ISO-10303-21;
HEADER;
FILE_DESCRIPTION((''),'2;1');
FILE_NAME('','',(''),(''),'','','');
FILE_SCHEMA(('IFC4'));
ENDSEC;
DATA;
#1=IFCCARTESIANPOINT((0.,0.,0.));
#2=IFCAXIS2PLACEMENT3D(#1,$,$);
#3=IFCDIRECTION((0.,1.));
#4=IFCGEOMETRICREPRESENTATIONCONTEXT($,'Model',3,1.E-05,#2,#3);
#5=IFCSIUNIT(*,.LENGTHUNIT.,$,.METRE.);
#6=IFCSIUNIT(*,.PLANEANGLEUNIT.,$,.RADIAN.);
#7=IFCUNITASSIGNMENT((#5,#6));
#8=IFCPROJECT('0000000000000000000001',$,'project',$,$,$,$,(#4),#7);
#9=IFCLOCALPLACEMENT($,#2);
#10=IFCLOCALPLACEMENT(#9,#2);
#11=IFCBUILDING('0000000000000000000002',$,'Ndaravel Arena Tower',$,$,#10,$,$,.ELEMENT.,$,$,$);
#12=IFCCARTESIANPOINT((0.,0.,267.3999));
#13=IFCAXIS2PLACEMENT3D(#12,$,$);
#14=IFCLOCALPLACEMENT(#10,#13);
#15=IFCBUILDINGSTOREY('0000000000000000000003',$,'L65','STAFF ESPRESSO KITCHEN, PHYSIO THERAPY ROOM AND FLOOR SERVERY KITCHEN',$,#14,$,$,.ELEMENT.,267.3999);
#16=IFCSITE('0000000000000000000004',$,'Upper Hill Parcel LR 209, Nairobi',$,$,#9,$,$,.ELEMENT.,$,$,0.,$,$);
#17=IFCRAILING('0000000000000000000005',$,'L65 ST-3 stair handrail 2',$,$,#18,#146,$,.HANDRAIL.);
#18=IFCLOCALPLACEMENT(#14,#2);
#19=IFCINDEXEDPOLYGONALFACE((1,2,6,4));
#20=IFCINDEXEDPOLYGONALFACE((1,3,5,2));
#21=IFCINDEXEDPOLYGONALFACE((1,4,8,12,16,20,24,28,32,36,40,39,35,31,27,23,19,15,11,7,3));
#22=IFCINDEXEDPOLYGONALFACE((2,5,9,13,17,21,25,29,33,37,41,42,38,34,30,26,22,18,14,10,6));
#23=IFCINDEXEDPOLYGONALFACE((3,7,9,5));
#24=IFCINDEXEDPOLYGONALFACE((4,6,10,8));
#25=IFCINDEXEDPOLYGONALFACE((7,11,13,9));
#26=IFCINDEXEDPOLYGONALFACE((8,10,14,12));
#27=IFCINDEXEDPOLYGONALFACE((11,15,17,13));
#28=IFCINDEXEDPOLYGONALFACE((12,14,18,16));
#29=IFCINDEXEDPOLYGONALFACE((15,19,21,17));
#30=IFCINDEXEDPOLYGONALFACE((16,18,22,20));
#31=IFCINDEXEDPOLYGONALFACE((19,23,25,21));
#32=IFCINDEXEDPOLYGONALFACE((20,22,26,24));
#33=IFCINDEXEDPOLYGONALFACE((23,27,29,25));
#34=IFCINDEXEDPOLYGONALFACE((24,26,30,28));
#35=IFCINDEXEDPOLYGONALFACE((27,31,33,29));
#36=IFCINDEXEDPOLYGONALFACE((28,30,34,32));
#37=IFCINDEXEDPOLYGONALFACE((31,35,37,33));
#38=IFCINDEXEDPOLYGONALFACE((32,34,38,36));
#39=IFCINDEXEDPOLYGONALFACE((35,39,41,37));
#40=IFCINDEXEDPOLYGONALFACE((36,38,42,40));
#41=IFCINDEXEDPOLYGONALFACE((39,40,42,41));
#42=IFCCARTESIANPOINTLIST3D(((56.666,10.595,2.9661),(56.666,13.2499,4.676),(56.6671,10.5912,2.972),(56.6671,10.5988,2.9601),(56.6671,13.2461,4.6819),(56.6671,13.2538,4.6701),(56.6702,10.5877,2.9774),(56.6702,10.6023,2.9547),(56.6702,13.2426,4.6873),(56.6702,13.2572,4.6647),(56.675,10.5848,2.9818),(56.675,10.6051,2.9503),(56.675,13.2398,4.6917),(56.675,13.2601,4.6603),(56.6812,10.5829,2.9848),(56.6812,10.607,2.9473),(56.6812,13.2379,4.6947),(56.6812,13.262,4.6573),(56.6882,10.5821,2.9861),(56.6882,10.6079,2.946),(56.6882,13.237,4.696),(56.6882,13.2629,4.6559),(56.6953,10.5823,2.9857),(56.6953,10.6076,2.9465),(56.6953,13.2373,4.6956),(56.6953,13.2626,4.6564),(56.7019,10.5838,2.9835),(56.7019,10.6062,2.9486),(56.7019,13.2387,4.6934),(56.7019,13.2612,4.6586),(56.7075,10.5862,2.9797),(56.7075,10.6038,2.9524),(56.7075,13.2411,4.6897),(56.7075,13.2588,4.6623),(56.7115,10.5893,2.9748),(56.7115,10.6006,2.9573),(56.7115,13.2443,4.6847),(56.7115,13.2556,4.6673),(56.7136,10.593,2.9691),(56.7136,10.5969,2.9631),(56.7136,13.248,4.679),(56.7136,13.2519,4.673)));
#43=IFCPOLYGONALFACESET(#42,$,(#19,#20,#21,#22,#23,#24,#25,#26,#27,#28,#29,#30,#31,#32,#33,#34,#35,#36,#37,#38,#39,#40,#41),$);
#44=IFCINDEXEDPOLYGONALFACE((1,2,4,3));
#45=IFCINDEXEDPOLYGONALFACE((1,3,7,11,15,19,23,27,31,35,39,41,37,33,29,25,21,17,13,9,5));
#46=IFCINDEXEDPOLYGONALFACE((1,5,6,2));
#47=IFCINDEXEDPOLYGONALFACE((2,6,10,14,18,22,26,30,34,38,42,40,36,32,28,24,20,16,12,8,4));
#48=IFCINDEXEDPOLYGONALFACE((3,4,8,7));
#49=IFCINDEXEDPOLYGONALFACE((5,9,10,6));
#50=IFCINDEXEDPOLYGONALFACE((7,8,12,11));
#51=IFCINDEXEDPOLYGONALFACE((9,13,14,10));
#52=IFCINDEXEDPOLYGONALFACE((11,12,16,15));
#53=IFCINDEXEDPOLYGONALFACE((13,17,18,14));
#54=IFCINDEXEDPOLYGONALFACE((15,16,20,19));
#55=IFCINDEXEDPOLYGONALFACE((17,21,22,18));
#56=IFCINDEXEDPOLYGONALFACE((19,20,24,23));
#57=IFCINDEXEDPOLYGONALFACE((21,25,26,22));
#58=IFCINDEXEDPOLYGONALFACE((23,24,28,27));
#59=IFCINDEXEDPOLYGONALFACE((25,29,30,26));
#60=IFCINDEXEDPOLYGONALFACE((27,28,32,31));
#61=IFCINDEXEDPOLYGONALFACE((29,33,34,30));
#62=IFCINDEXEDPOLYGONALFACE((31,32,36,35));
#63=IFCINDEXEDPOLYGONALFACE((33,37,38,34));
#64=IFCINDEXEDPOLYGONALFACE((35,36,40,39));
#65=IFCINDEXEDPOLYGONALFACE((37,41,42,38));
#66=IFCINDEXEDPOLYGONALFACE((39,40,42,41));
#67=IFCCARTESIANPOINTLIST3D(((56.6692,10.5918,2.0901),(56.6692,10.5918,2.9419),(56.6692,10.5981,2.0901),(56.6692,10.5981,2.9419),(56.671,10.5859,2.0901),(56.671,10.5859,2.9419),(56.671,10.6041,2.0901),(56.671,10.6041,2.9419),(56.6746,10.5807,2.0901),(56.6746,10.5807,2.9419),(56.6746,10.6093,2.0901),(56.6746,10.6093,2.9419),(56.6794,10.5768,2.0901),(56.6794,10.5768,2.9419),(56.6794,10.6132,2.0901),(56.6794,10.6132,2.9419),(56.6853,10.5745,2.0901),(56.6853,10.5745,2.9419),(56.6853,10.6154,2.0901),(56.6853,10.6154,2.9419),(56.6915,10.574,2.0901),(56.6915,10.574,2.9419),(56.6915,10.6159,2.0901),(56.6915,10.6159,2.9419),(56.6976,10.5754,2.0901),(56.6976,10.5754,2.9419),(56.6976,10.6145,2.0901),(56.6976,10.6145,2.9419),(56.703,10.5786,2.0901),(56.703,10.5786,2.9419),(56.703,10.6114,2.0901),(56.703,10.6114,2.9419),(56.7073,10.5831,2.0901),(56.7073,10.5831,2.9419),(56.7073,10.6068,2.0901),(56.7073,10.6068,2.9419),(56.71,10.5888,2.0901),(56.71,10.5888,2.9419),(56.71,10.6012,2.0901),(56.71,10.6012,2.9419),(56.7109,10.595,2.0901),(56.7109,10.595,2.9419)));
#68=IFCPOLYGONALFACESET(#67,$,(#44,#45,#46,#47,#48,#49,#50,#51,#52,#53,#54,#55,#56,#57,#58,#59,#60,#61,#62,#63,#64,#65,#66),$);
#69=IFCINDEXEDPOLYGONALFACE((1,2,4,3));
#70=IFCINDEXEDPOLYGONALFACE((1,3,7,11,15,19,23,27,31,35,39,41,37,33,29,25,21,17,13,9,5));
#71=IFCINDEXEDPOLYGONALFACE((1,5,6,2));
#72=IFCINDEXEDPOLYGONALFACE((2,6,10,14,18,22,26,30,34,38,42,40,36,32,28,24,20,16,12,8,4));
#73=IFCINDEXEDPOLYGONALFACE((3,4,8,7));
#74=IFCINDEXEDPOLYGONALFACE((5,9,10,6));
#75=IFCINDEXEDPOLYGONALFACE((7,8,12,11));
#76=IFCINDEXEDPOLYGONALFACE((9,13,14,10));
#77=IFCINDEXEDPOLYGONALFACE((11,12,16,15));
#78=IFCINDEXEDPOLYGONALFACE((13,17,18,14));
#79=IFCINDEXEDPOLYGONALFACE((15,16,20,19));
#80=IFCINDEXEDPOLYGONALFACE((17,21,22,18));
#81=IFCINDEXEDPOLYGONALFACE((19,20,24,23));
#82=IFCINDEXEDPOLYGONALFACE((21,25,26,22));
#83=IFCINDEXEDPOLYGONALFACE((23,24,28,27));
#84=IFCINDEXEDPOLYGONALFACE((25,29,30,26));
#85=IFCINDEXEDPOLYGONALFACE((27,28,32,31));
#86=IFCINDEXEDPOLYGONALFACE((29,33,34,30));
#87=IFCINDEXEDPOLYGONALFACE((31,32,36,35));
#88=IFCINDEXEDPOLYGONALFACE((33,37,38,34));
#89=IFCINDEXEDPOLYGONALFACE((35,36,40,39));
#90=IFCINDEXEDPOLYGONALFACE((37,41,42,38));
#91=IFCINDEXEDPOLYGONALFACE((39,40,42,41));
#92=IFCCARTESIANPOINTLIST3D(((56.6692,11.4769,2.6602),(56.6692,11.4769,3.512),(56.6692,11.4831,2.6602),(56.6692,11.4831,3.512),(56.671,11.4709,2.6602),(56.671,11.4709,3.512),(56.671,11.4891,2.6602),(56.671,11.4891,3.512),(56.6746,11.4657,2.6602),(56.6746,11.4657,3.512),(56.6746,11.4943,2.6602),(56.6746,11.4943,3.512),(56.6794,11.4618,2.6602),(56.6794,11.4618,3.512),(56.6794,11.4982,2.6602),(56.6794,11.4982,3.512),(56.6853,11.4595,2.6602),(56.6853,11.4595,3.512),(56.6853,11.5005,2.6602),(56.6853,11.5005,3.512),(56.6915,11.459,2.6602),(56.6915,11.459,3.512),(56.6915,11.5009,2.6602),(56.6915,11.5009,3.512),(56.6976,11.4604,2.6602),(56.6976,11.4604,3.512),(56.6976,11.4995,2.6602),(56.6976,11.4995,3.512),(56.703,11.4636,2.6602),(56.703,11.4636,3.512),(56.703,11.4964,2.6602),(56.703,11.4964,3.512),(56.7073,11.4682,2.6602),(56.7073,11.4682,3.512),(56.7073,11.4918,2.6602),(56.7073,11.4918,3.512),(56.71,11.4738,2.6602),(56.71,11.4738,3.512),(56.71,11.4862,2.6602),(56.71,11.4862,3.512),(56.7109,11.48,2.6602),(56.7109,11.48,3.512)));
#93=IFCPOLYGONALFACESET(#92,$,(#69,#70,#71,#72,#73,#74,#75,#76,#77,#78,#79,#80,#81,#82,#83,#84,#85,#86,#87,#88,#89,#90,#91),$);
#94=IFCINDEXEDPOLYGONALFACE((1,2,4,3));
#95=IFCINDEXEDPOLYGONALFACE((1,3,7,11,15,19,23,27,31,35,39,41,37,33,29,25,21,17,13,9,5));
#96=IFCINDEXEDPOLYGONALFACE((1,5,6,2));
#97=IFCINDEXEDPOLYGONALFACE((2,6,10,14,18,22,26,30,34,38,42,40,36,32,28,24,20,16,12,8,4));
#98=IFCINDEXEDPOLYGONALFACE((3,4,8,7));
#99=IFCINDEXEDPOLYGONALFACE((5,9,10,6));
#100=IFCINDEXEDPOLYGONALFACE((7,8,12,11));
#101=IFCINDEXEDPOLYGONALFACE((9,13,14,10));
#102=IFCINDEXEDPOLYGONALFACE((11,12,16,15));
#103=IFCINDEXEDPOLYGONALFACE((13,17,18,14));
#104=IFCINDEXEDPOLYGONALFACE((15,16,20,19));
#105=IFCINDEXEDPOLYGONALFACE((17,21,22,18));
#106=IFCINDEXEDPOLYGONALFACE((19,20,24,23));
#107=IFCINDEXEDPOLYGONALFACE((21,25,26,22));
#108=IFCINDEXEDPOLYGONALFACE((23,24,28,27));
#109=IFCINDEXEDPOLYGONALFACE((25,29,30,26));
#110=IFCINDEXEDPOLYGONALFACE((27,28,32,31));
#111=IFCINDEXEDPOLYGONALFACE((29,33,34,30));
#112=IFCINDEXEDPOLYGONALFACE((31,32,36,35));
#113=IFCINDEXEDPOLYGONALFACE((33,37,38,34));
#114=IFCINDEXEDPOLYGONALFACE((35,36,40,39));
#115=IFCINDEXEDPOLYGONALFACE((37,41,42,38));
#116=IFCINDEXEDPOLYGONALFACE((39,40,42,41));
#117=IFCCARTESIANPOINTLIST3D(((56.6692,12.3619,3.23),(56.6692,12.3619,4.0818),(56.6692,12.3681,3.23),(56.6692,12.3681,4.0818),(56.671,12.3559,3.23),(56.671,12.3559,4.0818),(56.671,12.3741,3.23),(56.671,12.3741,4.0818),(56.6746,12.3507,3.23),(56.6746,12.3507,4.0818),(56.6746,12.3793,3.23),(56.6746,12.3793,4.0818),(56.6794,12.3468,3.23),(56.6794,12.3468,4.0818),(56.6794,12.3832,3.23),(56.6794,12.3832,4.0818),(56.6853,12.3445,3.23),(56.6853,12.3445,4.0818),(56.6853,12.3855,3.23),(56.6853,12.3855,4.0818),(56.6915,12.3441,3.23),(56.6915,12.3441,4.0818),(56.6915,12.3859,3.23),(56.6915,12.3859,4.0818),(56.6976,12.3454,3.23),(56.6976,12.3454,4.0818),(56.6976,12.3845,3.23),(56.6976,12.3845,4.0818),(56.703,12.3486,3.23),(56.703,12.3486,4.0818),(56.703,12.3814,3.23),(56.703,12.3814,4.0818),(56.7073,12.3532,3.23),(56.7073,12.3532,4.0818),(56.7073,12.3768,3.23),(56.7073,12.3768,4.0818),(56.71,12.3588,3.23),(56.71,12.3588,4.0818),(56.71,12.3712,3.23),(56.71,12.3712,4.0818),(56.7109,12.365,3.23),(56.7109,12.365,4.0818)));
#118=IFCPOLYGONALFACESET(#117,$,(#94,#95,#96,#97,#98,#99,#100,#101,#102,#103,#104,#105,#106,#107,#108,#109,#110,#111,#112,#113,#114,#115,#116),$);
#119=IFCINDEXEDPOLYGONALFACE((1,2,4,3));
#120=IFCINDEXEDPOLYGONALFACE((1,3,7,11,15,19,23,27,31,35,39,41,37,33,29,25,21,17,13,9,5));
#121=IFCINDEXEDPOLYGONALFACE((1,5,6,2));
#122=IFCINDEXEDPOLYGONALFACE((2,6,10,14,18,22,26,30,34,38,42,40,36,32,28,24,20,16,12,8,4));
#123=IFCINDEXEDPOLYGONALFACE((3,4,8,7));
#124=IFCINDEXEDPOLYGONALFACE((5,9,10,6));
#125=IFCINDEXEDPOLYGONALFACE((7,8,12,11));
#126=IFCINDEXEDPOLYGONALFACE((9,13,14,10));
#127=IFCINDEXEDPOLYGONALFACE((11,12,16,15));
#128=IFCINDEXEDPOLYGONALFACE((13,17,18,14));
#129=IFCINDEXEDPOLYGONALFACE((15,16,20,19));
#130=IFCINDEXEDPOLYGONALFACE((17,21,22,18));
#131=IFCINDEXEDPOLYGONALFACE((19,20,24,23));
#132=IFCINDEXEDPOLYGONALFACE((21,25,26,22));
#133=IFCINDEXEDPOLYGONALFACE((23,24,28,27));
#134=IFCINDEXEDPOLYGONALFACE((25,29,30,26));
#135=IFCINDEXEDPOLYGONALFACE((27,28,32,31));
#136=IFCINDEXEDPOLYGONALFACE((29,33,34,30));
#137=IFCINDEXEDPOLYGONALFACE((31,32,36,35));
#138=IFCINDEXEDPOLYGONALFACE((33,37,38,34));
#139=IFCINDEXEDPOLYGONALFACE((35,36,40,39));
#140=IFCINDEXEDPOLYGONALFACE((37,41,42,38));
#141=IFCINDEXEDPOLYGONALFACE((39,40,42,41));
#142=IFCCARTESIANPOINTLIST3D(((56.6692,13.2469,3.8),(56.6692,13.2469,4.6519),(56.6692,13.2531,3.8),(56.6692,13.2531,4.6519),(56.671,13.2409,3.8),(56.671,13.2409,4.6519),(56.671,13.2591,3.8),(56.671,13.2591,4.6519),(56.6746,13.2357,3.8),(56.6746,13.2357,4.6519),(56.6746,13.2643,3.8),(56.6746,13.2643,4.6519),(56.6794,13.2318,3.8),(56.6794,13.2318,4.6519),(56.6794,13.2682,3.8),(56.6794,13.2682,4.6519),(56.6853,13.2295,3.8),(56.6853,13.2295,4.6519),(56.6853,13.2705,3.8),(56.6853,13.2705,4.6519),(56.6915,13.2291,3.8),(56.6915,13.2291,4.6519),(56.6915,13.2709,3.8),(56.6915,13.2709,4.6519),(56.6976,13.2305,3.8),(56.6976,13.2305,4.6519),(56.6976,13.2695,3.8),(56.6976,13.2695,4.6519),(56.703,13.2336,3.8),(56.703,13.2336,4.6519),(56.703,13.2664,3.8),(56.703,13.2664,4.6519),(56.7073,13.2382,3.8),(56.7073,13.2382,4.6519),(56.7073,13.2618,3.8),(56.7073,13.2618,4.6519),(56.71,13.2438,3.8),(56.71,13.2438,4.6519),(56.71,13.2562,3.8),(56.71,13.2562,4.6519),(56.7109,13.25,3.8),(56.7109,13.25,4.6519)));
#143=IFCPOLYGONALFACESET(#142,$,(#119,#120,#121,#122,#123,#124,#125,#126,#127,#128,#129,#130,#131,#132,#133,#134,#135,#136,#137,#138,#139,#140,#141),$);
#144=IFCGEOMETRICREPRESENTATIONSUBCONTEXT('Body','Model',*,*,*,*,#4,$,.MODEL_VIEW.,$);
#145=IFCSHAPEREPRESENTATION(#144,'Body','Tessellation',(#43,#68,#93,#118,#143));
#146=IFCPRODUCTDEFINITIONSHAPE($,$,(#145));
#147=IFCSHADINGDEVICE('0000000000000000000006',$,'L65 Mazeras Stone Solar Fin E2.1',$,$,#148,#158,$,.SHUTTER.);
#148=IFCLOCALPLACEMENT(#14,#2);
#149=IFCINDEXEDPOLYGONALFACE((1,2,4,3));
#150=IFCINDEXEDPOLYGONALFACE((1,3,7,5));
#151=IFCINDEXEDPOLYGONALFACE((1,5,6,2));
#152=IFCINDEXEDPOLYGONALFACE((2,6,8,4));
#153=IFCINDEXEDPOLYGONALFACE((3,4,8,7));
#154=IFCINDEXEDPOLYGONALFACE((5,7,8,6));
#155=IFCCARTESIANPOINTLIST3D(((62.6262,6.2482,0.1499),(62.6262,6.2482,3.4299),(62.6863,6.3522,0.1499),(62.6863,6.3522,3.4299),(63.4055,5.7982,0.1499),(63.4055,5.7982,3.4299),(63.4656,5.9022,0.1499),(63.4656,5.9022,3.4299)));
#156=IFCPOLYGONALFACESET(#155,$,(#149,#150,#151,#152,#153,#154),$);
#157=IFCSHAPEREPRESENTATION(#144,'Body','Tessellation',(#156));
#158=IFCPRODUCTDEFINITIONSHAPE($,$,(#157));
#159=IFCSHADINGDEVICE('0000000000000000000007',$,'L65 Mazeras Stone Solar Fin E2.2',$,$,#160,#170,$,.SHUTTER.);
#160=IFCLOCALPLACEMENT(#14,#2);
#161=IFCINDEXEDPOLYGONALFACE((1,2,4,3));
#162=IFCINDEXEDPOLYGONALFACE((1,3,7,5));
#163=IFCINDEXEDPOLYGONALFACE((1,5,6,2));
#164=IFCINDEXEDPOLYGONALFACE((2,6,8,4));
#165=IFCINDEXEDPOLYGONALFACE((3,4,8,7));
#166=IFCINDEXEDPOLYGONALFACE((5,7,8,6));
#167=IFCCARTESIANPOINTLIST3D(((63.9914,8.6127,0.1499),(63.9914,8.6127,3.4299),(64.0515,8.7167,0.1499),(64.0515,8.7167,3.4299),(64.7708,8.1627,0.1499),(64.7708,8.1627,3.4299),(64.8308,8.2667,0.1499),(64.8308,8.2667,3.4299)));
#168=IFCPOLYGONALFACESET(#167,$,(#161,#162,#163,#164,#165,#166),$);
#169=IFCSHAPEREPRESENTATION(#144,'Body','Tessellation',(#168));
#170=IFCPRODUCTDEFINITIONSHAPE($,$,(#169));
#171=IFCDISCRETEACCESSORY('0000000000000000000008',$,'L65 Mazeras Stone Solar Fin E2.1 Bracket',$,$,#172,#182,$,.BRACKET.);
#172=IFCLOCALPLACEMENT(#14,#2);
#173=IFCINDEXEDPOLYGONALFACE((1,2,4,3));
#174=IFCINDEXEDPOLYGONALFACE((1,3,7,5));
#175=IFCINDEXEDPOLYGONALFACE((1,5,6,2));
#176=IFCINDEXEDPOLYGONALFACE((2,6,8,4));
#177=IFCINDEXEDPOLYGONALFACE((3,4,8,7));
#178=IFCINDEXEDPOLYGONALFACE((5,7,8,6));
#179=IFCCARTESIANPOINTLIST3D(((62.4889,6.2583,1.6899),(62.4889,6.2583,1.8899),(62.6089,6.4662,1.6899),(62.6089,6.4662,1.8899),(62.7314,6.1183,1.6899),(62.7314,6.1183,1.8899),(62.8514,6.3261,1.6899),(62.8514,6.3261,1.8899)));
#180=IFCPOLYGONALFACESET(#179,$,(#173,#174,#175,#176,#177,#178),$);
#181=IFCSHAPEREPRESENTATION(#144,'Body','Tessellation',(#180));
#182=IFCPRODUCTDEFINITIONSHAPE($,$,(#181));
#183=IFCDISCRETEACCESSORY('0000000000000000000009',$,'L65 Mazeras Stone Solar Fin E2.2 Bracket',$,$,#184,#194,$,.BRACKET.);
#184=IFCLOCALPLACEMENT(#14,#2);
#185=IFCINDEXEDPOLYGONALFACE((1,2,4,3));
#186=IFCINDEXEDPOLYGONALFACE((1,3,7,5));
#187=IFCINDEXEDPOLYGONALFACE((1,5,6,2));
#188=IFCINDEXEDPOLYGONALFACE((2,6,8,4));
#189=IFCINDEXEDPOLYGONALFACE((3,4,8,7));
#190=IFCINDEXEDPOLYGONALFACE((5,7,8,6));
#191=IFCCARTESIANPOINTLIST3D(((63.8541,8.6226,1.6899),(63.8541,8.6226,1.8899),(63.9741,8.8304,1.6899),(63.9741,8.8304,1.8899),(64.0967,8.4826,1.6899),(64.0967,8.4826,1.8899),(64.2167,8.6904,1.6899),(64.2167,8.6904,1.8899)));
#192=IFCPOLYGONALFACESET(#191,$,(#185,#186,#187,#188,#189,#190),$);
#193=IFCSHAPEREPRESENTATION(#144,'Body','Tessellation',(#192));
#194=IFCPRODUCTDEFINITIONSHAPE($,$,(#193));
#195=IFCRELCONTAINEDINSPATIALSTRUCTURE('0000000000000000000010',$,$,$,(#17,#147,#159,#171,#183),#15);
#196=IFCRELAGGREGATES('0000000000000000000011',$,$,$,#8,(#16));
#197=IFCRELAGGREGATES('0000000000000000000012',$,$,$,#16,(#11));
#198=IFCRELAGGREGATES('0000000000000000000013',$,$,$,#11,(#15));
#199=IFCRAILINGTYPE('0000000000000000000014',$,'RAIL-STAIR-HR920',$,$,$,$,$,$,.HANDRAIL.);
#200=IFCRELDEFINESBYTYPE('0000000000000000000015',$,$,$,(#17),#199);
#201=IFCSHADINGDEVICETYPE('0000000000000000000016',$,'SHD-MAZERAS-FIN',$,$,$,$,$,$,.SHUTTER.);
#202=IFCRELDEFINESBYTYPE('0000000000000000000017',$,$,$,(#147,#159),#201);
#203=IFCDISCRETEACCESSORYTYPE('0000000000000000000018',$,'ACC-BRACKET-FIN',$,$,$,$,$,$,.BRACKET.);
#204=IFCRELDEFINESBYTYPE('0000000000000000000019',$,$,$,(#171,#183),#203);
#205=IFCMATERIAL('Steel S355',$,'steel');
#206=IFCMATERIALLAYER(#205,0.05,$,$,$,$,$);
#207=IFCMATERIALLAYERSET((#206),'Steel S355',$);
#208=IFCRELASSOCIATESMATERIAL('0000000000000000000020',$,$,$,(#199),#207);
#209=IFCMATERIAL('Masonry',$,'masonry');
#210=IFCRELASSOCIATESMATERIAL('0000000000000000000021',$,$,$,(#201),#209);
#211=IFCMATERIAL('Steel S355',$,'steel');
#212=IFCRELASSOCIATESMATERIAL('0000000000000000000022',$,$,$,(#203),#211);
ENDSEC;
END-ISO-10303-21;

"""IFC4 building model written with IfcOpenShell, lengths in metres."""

from ifc_helpers import new_model, si_unit, direction, frame, origin, origin_2d, place, context, subcontext, project, spatial, rectangle, circle, extrude, material, layer, layer_set, type_object, element, save


model = new_model("IFC4")

# Units and contexts
model_context = context("Model", 3, precision=1e-05, world=origin(), true_north=direction((0.0, 1.0)))
body_context = subcontext(model_context, "Body", "Model", "MODEL_VIEW")
ifc_project = project(units=[si_unit("LENGTHUNIT", "METRE"), si_unit("PLANEANGLEUNIT", "RADIAN")], contexts=[model_context])

# Site, building, storey
site_placement = place(None, origin())
site = spatial("IfcSite", under=ifc_project, at=site_placement, Name="Upper Hill Parcel LR 209, Nairobi", CompositionType="ELEMENT", RefElevation=0.0)
building_placement = place(site_placement, origin())
building = spatial("IfcBuilding", under=site, at=building_placement, Name="Ndaravel Arena Tower", CompositionType="ELEMENT")
storey_placement = place(building_placement, frame((0.0, 0.0, 267.3999)))
storey = spatial("IfcBuildingStorey", under=building, at=storey_placement, Name="L65", Description="STAFF ESPRESSO KITCHEN, PHYSIO THERAPY ROOM AND FLOOR SERVERY KITCHEN", CompositionType="ELEMENT", Elevation=267.3999)

# Railing
ifc_material_1 = material(Name="Steel S355", Category="steel")
ifc_layer_1 = layer(ifc_material_1, 0.05)
ifc_layer_set_1 = layer_set([ifc_layer_1], Name="Steel S355")
railing_type_1 = type_object("IfcRailingType", Name="RAIL-STAIR-HR920", PredefinedType="HANDRAIL", material=ifc_layer_set_1)
railing_1_placement = place(storey_placement, frame((56.6899, 10.595, 2.0901)))
element("IfcRailing", 1, at=railing_1_placement, inside=storey, type_object=railing_type_1, Name="L65 ST-3 stair handrail 2", PredefinedType="HANDRAIL", context=body_context, shape_type="SweptSolid", body=[
    extrude(circle(Radius=0.0239, at=origin_2d()), frame((0.0, 0.0, 0.876), z_axis=(0.0, 0.840724, 0.541465), x_axis=(-1.0, 0.0, 0.0)), (0.0, 0.0, 1.0), 3.158),
    extrude(circle(Radius=0.021, at=origin_2d()), origin(), (0.0, 0.0, 1.0), 0.8518),
    extrude(circle(Radius=0.021, at=origin_2d()), frame((0.0, 0.885, 0.5701)), (0.0, 0.0, 1.0), 0.8518),
    extrude(circle(Radius=0.021, at=origin_2d()), frame((0.0, 1.77, 1.1399)), (0.0, 0.0, 1.0), 0.8518),
    extrude(circle(Radius=0.021, at=origin_2d()), frame((0.0, 2.655, 1.71)), (0.0, 0.0, 1.0), 0.8518),
])

# Shading devices
ifc_material_2 = material(Name="Masonry", Category="masonry")
shading_device_type = type_object("IfcShadingDeviceType", Name="SHD-MAZERAS-FIN", PredefinedType="SHUTTER", material=ifc_material_2)
for number, where, z_axis, x_axis, name in (
    (2, (63.0459, 6.0752, 0.1499), (0.0, 0.0, 1.0), (0.866025, -0.5, 0.0), "L65 Mazeras Stone Solar Fin E2.1"),
    (3, (64.4111, 8.4397, 0.1499), (0.0, 0.0, 1.0), (0.866025, -0.5, 0.0), "L65 Mazeras Stone Solar Fin E2.2"),
):
    element("IfcShadingDevice", number, at=place(storey_placement, frame(where, z_axis=z_axis, x_axis=x_axis)), inside=storey, type_object=shading_device_type, Name=name, PredefinedType="SHUTTER", context=body_context, shape_type="SweptSolid", body=[
        extrude(rectangle(XDim=0.8999, YDim=0.1201, at=origin_2d()), origin(), (0.0, 0.0, 1.0), 3.28),
    ])

# Discrete accessories
ifc_material_3 = material(Name="Steel S355", Category="steel")
discrete_accessory_type = type_object("IfcDiscreteAccessoryType", Name="ACC-BRACKET-FIN", PredefinedType="BRACKET", material=ifc_material_3)
for number, where, z_axis, x_axis, name in (
    (4, (62.6702, 6.2922, 1.6899), (0.0, 0.0, 1.0), (0.866025, -0.5, 0.0), "L65 Mazeras Stone Solar Fin E2.1 Bracket"),
    (5, (64.0354, 8.6565, 1.6899), (0.0, 0.0, 1.0), (0.866025, -0.5, 0.0), "L65 Mazeras Stone Solar Fin E2.2 Bracket"),
):
    element("IfcDiscreteAccessory", number, at=place(storey_placement, frame(where, z_axis=z_axis, x_axis=x_axis)), inside=storey, type_object=discrete_accessory_type, Name=name, PredefinedType="BRACKET", context=body_context, shape_type="SweptSolid", body=[
        extrude(rectangle(XDim=0.28, YDim=0.24, at=origin_2d()), origin(), (0.0, 0.0, 1.0), 0.2),
    ])

save(model, "model.ifc")
